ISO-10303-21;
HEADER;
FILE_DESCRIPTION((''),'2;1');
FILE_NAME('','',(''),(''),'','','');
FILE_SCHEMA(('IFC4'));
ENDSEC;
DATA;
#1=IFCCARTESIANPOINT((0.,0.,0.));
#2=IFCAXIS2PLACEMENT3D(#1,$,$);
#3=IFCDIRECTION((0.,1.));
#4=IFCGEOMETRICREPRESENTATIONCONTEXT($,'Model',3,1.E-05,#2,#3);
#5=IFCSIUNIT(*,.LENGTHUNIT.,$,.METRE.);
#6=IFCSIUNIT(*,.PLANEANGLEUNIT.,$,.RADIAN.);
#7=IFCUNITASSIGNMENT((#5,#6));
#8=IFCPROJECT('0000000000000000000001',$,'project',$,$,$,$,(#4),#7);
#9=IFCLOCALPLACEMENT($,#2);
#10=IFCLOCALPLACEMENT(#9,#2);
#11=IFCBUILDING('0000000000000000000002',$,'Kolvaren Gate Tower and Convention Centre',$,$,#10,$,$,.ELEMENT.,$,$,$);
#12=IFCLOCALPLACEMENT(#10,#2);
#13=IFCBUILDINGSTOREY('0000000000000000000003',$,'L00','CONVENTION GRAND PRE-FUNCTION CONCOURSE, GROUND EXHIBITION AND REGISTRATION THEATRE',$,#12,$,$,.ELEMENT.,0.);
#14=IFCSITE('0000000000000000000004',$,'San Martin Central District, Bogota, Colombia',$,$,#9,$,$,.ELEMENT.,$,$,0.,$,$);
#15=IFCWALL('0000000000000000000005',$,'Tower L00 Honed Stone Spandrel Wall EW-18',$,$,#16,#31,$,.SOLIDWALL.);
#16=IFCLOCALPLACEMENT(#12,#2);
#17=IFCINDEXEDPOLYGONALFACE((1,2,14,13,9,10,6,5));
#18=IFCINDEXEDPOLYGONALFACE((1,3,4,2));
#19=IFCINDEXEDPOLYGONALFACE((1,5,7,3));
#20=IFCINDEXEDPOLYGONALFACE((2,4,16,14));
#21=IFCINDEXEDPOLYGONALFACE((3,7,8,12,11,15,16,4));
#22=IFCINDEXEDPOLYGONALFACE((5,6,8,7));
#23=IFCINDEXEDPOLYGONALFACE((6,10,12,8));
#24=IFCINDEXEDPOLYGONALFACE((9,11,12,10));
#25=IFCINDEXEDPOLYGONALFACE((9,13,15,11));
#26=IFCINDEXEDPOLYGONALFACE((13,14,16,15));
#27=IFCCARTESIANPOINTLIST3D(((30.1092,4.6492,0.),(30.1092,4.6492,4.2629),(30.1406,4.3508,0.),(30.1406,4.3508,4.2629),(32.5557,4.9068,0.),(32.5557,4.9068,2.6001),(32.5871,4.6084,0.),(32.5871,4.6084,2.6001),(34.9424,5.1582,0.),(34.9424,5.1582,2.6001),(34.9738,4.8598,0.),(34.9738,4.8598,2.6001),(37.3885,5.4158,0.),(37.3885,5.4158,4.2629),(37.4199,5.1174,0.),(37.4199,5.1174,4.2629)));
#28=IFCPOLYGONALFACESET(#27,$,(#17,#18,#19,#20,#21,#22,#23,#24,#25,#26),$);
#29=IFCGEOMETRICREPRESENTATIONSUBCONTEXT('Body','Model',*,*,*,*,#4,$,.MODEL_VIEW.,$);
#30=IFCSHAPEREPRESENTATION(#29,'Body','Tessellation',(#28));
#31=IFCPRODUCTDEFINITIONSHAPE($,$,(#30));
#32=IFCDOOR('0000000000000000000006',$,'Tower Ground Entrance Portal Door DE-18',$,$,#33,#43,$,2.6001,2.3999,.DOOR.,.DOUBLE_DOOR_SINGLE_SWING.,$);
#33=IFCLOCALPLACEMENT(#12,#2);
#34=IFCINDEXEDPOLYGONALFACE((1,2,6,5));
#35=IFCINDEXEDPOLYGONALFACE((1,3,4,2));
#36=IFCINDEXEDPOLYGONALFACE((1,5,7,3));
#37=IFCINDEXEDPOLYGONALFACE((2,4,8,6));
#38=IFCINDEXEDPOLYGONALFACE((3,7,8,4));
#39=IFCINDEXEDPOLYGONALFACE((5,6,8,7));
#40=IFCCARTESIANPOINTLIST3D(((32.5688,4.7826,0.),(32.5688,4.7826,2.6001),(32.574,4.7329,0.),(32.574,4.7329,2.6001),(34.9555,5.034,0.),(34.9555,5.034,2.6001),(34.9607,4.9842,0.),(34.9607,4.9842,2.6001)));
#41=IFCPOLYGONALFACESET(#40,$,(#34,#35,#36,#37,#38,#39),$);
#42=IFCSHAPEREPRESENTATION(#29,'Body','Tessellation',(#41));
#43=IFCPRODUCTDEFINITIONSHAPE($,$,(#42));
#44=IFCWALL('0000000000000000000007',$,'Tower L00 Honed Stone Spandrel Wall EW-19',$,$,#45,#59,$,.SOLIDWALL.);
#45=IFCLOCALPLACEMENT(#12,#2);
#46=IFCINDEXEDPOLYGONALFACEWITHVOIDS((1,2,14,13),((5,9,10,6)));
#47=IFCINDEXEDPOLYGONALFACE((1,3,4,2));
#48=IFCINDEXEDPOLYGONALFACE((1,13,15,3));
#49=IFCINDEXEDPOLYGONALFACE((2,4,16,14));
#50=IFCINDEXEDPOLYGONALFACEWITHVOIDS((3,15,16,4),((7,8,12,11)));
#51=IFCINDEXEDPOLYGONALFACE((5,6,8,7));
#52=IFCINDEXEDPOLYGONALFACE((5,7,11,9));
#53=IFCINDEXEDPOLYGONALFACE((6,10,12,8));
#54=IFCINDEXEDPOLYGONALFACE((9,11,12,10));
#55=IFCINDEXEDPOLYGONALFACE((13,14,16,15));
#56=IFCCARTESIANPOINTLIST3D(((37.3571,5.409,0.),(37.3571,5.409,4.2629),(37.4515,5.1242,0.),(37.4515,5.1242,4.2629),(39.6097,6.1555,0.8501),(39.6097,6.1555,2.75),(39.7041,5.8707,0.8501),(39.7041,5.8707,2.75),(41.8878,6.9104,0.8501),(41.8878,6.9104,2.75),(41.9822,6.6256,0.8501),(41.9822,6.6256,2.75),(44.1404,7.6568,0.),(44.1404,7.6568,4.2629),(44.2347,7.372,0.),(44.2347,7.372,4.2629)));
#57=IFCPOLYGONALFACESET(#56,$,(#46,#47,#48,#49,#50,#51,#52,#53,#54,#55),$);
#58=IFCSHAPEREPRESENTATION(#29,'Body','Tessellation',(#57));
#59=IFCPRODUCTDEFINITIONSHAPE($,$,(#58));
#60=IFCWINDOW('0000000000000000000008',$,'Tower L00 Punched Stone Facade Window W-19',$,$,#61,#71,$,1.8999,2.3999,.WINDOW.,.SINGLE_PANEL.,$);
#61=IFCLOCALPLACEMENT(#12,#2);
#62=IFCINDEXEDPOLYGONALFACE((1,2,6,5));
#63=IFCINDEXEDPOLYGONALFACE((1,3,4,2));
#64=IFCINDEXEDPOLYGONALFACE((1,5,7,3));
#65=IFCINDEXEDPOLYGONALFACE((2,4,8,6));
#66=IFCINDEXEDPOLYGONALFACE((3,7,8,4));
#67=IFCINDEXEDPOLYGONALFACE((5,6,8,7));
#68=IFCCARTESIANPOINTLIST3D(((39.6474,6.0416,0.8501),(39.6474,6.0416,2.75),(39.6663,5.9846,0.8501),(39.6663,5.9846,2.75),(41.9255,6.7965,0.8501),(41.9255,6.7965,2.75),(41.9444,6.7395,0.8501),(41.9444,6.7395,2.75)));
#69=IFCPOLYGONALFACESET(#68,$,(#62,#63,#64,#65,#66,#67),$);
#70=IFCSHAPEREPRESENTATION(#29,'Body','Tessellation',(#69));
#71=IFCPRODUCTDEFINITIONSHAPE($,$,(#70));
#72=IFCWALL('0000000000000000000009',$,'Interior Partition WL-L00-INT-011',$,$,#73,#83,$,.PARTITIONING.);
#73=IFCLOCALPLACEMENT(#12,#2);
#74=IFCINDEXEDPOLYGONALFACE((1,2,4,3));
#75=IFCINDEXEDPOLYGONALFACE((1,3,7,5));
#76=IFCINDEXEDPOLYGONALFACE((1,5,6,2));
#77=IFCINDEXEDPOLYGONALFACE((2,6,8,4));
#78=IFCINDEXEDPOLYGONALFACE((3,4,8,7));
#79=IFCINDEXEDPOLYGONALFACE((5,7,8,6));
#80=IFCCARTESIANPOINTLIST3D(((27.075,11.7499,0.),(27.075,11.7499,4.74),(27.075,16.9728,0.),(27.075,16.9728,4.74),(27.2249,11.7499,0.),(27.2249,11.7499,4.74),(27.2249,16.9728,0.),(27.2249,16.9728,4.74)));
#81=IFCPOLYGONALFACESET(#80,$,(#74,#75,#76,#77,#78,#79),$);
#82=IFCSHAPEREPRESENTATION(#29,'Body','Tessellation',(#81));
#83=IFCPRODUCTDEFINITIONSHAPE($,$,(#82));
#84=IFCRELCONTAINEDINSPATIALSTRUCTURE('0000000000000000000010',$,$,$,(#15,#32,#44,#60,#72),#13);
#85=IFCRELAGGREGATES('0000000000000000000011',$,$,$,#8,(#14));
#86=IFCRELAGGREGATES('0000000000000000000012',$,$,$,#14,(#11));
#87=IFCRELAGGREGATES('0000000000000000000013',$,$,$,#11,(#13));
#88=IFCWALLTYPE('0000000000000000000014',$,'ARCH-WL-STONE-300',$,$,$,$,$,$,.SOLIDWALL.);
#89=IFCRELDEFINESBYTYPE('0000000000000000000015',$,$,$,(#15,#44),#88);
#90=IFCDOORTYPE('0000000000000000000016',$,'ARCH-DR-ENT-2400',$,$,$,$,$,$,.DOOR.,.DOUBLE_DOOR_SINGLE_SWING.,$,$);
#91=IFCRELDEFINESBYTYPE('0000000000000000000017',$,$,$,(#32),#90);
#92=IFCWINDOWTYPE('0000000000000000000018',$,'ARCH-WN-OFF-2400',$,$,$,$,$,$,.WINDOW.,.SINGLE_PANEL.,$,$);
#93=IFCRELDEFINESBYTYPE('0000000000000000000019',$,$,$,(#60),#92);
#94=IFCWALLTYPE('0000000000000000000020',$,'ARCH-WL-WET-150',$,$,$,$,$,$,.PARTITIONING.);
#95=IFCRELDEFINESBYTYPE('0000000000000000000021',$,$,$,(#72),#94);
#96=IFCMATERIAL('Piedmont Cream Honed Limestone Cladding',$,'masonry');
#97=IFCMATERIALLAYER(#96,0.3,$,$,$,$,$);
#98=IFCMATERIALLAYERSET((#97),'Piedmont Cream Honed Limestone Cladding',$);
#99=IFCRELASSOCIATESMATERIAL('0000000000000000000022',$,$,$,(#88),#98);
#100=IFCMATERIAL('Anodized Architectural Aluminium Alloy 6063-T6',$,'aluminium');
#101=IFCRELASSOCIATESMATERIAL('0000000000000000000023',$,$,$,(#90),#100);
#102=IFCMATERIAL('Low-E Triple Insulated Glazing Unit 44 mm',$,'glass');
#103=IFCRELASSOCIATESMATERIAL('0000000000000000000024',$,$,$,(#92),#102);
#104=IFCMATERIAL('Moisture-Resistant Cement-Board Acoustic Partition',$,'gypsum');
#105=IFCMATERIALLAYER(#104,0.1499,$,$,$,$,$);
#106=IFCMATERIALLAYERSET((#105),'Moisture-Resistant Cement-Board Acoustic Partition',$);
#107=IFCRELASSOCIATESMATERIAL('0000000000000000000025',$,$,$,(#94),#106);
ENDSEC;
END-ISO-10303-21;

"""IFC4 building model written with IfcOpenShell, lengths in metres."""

from ifc_helpers import new_model, si_unit, direction, frame, frame_2d, origin, place, context, subcontext, project, spatial, rectangle, extrude, material, layer, layer_set, type_object, element, fill, save


model = new_model("IFC4")

# Units and contexts
model_context = context("Model", 3, precision=1e-05, world=origin(), true_north=direction((0.0, 1.0)))
body_context = subcontext(model_context, "Body", "Model", "MODEL_VIEW")
ifc_project = project(units=[si_unit("LENGTHUNIT", "METRE"), si_unit("PLANEANGLEUNIT", "RADIAN")], contexts=[model_context])

# Site, building, storey
site_placement = place(None, origin())
site = spatial("IfcSite", under=ifc_project, at=site_placement, Name="San Martin Central District, Bogota, Colombia", CompositionType="ELEMENT", RefElevation=0.0)
building_placement = place(site_placement, origin())
building = spatial("IfcBuilding", under=site, at=building_placement, Name="Kolvaren Gate Tower and Convention Centre", CompositionType="ELEMENT")
storey_placement = place(building_placement, origin())
storey = spatial("IfcBuildingStorey", under=building, at=storey_placement, Name="L00", Description="CONVENTION GRAND PRE-FUNCTION CONCOURSE, GROUND EXHIBITION AND REGISTRATION THEATRE", CompositionType="ELEMENT", Elevation=0.0)

# Shared definitions
ifc_material_1 = material(Name="Anodized Architectural Aluminium Alloy 6063-T6", Category="aluminium")

# Shared definitions
ifc_material_2 = material(Name="Low-E Triple Insulated Glazing Unit 44 mm", Category="glass")

# Wall, opening, door
ifc_material_3 = material(Name="Piedmont Cream Honed Limestone Cladding", Category="masonry")
ifc_layer_1 = layer(ifc_material_3, 0.3)
ifc_layer_set_1 = layer_set([ifc_layer_1], Name="Piedmont Cream Honed Limestone Cladding")
wall_type_1 = type_object("IfcWallType", Name="ARCH-WL-STONE-300", PredefinedType="SOLIDWALL", material=ifc_layer_set_1)
wall_1_placement = place(storey_placement, frame((30.125, 4.5, 0.0), z_axis=(0.0, 0.0, 1.0), x_axis=(0.9945, 0.104733, 0.0)))
wall_1 = element("IfcWall", 1, at=wall_1_placement, inside=storey, type_object=wall_type_1, Name="Tower L00 Honed Stone Spandrel Wall EW-18", PredefinedType="SOLIDWALL", context=body_context, shape_type="SweptSolid", body=[
    extrude(rectangle(XDim=7.3196, YDim=0.3, at=frame_2d((3.6597, 0.0))), origin(), (0.0, 0.0, 1.0), 4.2629),
])
opening_1_placement = place(wall_1_placement, frame((2.46, 0.0, 0.0)))
opening_1 = element("IfcOpeningElement", 2, at=opening_1_placement, cuts=wall_1, PredefinedType="OPENING", context=body_context, shape_type="SweptSolid", body=[
    extrude(rectangle(XDim=2.3999, YDim=2.6001, at=frame_2d((1.2, 1.3))), frame((0.0, 0.1599, 0.0), z_axis=(0.0, -1.0, 0.0), x_axis=(1.0, 0.0, 0.0)), (0.0, 0.0, 1.0), 0.3201),
])
door_type_1 = type_object("IfcDoorType", Name="ARCH-DR-ENT-2400", OperationType="DOUBLE_DOOR_SINGLE_SWING", PredefinedType="DOOR", material=ifc_material_1)
door_1_placement = place(opening_1_placement, frame((2.3999, 0.0, 0.0), z_axis=(0.0, 0.0, 1.0), x_axis=(-1.0, 0.0, 0.0)))
door_1 = element("IfcDoor", 3, at=door_1_placement, inside=storey, type_object=door_type_1, Name="Tower Ground Entrance Portal Door DE-18", OperationType="DOUBLE_DOOR_SINGLE_SWING", OverallHeight=2.6001, OverallWidth=2.3999, PredefinedType="DOOR", context=body_context, shape_type="SweptSolid", body=[
    extrude(rectangle(XDim=2.3999, YDim=2.6001, at=frame_2d((1.2, 1.3))), frame((0.0, 0.0249, 0.0), z_axis=(0.0, -1.0, 0.0), x_axis=(1.0, 0.0, 0.0)), (0.0, 0.0, 1.0), 0.05),
])
fill(opening_1, door_1)

# Wall, opening, window
wall_2_placement = place(storey_placement, frame((37.4043, 5.2666, 0.0), z_axis=(0.0, 0.0, 1.0), x_axis=(0.949239, 0.314557, 0.0)))
wall_2 = element("IfcWall", 4, at=wall_2_placement, inside=storey, type_object=wall_type_1, Name="Tower L00 Honed Stone Spandrel Wall EW-19", PredefinedType="SOLIDWALL", context=body_context, shape_type="SweptSolid", body=[
    extrude(rectangle(XDim=7.146, YDim=0.3, at=frame_2d((3.573, 0.0))), origin(), (0.0, 0.0, 1.0), 4.2629),
])
opening_2_placement = place(wall_2_placement, frame((2.373, 0.0, 0.8501)))
opening_2 = element("IfcOpeningElement", 5, at=opening_2_placement, cuts=wall_2, PredefinedType="OPENING", context=body_context, shape_type="SweptSolid", body=[
    extrude(rectangle(XDim=2.3999, YDim=1.8999, at=frame_2d((1.2, 0.95))), frame((0.0, 0.1599, 0.0), z_axis=(0.0, -1.0, 0.0), x_axis=(1.0, 0.0, 0.0)), (0.0, 0.0, 1.0), 0.3201),
])
window_type = type_object("IfcWindowType", Name="ARCH-WN-OFF-2400", PartitioningType="SINGLE_PANEL", PredefinedType="WINDOW", material=ifc_material_2)
window_placement = place(opening_2_placement, origin())
window = element("IfcWindow", 6, at=window_placement, inside=storey, type_object=window_type, Name="Tower L00 Punched Stone Facade Window W-19", OverallHeight=1.8999, OverallWidth=2.3999, PartitioningType="SINGLE_PANEL", PredefinedType="WINDOW", context=body_context, shape_type="SweptSolid", body=[
    extrude(rectangle(XDim=2.3999, YDim=1.8999, at=frame_2d((1.2, 0.95))), frame((0.0, 0.03, 0.0), z_axis=(0.0, -1.0, 0.0), x_axis=(1.0, 0.0, 0.0)), (0.0, 0.0, 1.0), 0.0601),
])
fill(opening_2, window)

# Wall
ifc_material_4 = material(Name="Moisture-Resistant Cement-Board Acoustic Partition", Category="gypsum")
ifc_layer_2 = layer(ifc_material_4, 0.1499)
ifc_layer_set_2 = layer_set([ifc_layer_2], Name="Moisture-Resistant Cement-Board Acoustic Partition")
wall_type_2 = type_object("IfcWallType", Name="ARCH-WL-WET-150", PredefinedType="PARTITIONING", material=ifc_layer_set_2)
wall_3_placement = place(storey_placement, frame((27.1499, 11.75, 0.0), z_axis=(0.0, 0.0, 1.0), x_axis=(0.0, 1.0, 0.0)))
element("IfcWall", 7, at=wall_3_placement, inside=storey, type_object=wall_type_2, Name="Interior Partition WL-L00-INT-011", PredefinedType="PARTITIONING", context=body_context, shape_type="SweptSolid", body=[
    extrude(rectangle(XDim=5.2229, YDim=0.1499, at=frame_2d((2.6113, 0.0))), origin(), (0.0, 0.0, 1.0), 4.74),
])

save(model, "model.ifc")
